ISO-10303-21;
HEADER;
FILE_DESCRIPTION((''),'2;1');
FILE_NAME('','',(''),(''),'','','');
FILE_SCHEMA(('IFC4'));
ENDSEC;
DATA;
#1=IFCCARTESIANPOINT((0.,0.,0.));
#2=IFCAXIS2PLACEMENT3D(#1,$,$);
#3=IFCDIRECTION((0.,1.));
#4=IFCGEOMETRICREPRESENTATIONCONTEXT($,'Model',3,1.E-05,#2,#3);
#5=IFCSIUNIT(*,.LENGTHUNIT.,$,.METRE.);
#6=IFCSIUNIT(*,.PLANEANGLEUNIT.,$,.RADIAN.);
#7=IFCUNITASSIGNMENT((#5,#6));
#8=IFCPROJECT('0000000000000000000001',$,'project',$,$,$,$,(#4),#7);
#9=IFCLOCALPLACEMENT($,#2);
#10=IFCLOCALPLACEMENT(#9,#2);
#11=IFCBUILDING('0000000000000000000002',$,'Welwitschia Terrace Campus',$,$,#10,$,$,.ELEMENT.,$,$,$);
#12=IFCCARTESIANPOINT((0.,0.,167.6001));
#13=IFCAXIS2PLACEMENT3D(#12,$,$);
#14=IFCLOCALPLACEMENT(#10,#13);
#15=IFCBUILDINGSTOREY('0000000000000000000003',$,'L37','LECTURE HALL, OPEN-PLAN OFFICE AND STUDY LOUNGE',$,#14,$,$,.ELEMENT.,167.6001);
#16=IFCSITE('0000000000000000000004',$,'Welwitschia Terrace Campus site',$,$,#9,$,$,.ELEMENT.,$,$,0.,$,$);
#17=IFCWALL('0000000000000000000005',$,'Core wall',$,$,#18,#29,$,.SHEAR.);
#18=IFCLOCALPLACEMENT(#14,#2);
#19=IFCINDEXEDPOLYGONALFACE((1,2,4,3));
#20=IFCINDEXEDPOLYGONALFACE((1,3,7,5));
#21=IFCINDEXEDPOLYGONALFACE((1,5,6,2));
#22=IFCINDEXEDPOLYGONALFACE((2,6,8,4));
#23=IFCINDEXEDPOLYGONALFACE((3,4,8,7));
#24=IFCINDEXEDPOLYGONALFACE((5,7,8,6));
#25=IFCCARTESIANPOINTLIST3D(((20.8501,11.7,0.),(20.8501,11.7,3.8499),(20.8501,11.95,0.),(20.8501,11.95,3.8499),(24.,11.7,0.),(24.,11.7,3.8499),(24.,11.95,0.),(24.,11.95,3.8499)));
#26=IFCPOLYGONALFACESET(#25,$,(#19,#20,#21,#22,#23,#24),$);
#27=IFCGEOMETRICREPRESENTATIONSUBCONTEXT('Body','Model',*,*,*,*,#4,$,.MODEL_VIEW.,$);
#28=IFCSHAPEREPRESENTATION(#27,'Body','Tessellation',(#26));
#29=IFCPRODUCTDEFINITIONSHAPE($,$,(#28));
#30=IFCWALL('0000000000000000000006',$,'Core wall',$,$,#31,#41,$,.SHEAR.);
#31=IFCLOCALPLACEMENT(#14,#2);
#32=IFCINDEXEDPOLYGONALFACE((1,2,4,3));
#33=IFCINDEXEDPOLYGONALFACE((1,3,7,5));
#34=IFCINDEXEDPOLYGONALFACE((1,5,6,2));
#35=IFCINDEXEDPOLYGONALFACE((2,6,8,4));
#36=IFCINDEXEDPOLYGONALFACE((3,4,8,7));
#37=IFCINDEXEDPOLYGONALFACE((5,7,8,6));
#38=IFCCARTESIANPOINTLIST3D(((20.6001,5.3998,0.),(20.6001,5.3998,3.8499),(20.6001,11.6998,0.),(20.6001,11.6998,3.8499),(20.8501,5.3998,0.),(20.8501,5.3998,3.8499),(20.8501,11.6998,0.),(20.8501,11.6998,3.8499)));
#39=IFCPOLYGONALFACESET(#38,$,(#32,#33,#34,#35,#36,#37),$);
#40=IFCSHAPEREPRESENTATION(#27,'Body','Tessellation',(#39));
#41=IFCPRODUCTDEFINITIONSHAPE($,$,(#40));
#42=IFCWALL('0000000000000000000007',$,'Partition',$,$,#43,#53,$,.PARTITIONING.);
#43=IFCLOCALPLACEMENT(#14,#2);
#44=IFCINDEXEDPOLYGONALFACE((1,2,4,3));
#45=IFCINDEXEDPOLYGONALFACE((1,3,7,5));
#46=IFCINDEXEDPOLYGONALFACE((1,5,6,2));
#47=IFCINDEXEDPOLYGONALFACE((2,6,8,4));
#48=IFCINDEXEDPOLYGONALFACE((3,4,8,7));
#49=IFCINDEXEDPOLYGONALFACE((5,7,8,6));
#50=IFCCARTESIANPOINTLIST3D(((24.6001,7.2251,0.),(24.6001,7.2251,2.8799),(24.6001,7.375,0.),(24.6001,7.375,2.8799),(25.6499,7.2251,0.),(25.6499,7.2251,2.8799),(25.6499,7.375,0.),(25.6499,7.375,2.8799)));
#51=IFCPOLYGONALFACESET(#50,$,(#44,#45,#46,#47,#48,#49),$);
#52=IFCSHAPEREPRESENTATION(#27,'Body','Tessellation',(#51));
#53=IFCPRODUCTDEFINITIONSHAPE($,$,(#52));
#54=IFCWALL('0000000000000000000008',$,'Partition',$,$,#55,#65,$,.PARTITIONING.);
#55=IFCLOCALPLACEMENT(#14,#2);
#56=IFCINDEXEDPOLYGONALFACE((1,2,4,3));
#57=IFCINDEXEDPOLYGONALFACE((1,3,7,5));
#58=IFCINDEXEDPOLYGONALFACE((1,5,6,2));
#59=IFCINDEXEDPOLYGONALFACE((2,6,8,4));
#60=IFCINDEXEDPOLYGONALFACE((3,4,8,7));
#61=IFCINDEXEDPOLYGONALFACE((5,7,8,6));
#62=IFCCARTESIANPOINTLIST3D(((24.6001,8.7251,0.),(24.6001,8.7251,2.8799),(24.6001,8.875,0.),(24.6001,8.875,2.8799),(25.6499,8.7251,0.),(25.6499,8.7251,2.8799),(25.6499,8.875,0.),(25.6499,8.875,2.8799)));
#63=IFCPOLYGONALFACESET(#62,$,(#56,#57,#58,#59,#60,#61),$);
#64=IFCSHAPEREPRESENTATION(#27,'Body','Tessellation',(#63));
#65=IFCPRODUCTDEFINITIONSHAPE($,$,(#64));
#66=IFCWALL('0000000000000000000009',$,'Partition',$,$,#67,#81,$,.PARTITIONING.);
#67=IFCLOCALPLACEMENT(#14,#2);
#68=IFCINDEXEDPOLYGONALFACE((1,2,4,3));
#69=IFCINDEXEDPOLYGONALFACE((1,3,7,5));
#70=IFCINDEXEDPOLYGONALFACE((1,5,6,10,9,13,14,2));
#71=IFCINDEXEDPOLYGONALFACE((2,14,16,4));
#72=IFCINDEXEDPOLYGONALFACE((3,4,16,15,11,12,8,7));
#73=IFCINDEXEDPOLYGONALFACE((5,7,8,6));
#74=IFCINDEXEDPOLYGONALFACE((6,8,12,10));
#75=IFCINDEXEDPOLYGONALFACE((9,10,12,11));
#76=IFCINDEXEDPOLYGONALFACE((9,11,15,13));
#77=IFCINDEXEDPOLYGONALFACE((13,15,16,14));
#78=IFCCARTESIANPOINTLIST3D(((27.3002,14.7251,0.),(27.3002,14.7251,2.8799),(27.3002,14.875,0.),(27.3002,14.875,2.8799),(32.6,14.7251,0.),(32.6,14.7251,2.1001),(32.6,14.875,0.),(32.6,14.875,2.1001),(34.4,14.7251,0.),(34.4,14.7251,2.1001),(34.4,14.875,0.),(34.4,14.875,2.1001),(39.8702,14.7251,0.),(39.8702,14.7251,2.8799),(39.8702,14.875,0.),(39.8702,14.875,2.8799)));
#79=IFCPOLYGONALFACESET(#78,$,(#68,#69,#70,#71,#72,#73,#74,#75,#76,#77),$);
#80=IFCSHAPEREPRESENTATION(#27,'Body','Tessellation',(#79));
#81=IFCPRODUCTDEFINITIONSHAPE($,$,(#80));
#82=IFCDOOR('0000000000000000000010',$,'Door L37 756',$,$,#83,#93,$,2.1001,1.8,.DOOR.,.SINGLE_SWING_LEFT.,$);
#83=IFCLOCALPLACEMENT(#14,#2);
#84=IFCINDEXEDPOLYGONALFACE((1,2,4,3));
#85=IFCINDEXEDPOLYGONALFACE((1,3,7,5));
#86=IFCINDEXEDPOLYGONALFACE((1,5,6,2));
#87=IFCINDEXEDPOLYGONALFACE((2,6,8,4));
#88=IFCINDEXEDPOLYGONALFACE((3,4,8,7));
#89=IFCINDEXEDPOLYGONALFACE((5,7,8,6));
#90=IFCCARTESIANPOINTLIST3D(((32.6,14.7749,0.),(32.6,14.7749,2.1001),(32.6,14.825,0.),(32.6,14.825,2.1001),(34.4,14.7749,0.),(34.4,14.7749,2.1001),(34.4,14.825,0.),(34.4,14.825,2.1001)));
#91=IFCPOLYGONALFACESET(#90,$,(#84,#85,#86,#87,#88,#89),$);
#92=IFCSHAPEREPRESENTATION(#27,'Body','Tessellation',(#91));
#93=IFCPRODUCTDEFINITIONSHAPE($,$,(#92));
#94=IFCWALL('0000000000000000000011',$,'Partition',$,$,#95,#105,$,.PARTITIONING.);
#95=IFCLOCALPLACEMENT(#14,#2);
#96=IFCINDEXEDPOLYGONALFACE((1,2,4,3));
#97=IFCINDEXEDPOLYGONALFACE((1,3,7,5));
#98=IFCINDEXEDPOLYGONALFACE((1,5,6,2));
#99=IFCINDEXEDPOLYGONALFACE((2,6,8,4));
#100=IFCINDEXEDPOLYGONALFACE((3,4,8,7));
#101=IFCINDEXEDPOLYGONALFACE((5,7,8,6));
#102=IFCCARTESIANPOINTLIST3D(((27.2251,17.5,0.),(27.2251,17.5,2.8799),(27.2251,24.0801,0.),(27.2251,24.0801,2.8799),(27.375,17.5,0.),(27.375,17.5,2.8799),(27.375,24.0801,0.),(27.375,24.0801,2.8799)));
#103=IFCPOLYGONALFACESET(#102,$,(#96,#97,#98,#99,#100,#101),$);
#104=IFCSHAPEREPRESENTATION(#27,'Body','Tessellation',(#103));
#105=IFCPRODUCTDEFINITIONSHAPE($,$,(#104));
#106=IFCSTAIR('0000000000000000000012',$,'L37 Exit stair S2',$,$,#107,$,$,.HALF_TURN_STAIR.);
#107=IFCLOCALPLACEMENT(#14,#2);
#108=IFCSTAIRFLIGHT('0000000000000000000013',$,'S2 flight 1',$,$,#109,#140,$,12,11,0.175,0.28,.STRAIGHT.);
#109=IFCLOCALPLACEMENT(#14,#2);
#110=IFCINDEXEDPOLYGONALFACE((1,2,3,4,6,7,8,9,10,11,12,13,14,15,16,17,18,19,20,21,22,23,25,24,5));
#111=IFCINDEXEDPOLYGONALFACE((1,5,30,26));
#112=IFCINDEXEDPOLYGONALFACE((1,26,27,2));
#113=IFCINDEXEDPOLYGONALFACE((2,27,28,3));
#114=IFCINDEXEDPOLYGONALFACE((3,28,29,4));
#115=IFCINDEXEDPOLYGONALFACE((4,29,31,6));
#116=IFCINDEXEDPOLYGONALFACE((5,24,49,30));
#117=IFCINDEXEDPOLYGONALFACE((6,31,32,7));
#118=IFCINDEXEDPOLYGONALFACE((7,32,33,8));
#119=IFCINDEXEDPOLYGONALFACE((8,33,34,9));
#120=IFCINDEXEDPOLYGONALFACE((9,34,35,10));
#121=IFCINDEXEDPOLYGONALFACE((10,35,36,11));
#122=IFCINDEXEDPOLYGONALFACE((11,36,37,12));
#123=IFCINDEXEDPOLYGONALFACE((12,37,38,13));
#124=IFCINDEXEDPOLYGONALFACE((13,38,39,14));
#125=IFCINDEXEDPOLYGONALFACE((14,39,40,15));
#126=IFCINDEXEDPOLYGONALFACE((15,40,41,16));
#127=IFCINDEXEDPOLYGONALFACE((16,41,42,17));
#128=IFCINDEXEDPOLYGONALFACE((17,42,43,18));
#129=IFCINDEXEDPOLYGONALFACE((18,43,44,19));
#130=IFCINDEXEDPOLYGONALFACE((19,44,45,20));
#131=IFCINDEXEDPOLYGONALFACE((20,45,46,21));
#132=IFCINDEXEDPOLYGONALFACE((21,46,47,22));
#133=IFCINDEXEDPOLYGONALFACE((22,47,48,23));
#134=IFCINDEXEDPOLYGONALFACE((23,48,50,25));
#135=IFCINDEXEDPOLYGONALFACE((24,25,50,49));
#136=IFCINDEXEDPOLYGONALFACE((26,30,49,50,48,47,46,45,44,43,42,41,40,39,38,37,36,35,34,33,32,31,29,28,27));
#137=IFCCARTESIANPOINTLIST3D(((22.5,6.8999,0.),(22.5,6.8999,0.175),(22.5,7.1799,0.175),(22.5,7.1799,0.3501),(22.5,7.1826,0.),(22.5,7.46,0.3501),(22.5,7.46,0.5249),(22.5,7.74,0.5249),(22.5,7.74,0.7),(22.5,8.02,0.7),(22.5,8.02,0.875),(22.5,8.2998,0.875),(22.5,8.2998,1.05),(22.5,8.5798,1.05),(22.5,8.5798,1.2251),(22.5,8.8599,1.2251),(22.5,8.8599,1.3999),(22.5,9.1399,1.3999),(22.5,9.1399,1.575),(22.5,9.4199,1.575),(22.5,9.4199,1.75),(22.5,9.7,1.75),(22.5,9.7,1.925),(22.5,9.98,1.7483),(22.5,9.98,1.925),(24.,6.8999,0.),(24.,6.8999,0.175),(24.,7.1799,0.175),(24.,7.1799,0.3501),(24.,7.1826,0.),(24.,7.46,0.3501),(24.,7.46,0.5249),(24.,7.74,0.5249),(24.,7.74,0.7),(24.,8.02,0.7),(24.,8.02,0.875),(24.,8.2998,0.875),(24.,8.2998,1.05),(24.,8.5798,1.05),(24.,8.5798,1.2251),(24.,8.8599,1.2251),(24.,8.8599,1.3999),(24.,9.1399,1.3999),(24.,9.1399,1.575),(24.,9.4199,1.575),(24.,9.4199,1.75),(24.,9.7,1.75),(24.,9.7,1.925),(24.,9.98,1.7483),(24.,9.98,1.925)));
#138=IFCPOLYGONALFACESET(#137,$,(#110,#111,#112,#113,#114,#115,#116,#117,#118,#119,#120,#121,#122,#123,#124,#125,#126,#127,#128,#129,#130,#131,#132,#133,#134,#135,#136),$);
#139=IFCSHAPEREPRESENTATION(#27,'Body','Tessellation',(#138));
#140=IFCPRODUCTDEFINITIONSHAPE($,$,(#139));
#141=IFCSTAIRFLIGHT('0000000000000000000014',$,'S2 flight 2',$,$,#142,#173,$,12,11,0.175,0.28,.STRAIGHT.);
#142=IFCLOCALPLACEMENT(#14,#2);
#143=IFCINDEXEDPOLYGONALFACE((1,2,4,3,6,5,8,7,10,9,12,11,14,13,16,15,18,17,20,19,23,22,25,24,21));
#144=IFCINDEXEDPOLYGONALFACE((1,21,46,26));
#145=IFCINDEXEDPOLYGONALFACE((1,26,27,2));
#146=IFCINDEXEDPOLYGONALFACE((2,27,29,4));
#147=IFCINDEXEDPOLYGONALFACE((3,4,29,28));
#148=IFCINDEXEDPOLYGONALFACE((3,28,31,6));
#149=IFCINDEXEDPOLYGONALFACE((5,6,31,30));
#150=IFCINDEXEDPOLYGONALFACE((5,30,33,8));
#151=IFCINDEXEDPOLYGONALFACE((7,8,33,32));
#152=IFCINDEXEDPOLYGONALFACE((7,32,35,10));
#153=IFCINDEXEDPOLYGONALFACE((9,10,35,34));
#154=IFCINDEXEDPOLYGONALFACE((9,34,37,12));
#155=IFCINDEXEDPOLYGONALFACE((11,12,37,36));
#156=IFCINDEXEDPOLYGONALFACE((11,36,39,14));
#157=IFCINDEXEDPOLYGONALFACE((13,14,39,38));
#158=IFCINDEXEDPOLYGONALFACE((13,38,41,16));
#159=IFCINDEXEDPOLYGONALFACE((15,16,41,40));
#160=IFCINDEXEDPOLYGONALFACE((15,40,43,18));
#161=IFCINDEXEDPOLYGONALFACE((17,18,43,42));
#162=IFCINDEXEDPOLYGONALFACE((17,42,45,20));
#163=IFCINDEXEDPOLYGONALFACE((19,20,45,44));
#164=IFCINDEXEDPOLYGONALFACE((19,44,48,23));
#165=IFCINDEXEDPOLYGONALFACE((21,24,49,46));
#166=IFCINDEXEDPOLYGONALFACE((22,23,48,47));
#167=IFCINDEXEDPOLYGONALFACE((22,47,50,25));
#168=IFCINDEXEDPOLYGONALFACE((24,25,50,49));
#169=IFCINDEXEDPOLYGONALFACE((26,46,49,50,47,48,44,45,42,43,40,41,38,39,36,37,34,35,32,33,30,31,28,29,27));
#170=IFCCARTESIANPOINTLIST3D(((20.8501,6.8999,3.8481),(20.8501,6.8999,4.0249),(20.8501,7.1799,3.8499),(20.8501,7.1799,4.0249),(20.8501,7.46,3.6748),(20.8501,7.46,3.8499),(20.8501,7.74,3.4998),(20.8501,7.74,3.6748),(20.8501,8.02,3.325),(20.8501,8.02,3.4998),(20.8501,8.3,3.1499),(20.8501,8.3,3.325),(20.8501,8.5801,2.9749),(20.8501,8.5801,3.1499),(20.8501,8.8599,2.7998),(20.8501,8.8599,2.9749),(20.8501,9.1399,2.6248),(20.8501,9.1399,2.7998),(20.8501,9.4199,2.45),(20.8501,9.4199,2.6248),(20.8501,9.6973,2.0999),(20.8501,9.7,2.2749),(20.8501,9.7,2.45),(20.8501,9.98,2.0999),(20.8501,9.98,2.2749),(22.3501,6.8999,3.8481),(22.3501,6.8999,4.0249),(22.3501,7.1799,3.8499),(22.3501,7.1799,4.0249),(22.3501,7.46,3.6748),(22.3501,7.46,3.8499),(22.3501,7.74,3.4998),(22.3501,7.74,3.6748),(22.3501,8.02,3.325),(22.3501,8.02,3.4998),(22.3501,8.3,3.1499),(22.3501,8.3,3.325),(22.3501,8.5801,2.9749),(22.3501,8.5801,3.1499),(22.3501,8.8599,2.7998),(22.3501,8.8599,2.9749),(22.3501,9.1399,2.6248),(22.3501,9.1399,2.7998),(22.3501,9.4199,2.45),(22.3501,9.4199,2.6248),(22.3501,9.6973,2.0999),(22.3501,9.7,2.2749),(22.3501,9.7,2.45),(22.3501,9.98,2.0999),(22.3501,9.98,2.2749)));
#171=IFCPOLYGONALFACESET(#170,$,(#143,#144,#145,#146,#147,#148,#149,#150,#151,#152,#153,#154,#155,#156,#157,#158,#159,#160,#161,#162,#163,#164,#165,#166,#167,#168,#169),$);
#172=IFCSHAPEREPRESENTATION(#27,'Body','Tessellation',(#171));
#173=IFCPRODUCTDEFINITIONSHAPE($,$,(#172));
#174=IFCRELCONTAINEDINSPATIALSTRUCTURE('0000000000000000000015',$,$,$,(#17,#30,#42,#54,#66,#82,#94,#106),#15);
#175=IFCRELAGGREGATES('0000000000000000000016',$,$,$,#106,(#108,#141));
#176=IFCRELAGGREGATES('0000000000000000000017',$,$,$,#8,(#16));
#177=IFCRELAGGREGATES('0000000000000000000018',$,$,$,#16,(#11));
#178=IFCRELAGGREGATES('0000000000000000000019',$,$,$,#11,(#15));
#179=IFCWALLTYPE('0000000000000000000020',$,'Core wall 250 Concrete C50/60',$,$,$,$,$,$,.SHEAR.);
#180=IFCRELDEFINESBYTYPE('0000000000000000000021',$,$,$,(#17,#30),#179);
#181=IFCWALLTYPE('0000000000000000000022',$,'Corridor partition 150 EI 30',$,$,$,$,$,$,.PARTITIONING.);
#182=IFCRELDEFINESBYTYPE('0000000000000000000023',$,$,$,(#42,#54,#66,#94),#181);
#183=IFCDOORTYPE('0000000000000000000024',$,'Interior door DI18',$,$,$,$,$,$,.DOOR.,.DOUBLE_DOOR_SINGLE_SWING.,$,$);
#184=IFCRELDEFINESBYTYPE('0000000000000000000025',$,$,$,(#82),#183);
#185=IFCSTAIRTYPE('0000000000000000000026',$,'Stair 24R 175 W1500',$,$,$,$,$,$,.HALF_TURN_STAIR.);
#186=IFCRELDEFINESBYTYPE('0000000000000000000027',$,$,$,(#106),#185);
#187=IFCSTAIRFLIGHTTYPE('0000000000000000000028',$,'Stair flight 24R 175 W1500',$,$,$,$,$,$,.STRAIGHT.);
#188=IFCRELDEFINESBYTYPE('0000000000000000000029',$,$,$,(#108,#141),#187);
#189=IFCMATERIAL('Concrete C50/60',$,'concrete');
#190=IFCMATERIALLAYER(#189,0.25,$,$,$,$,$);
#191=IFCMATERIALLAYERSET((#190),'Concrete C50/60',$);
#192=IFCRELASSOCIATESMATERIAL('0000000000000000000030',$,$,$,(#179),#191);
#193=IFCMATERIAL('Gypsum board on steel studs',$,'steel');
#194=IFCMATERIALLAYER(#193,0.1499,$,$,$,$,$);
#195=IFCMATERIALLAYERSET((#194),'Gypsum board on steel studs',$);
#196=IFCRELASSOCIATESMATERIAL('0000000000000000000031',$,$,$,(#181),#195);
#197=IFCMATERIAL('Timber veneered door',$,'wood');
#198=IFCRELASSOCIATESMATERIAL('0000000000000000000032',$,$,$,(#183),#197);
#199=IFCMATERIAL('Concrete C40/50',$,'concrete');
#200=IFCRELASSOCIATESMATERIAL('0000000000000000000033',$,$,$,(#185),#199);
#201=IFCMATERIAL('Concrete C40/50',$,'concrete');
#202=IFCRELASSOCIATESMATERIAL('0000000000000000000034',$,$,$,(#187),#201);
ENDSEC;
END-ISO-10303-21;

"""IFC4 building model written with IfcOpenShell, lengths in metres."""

from ifc_helpers import new_model, si_unit, direction, frame, frame_2d, origin, place, context, subcontext, project, spatial, polyline, rectangle, outline, extrude, material, layer, layer_set, type_object, element, fill, aggregate, save


model = new_model("IFC4")

# Units and contexts
model_context = context("Model", 3, precision=1e-05, world=origin(), true_north=direction((0.0, 1.0)))
body_context = subcontext(model_context, "Body", "Model", "MODEL_VIEW")
ifc_project = project(units=[si_unit("LENGTHUNIT", "METRE"), si_unit("PLANEANGLEUNIT", "RADIAN")], contexts=[model_context])

# Site, building, storey
site_placement = place(None, origin())
site = spatial("IfcSite", under=ifc_project, at=site_placement, Name="Welwitschia Terrace Campus site", CompositionType="ELEMENT", RefElevation=0.0)
building_placement = place(site_placement, origin())
building = spatial("IfcBuilding", under=site, at=building_placement, Name="Welwitschia Terrace Campus", CompositionType="ELEMENT")
storey_placement = place(building_placement, frame((0.0, 0.0, 167.6001)))
storey = spatial("IfcBuildingStorey", under=building, at=storey_placement, Name="L37", Description="LECTURE HALL, OPEN-PLAN OFFICE AND STUDY LOUNGE", CompositionType="ELEMENT", Elevation=167.6001)

# Walls
ifc_material_1 = material(Name="Concrete C50/60", Category="concrete")
ifc_layer_1 = layer(ifc_material_1, 0.25)
ifc_layer_set_1 = layer_set([ifc_layer_1], Name="Concrete C50/60")
wall_type_1 = type_object("IfcWallType", Name="Core wall 250 Concrete C50/60", PredefinedType="SHEAR", material=ifc_layer_set_1)
wall_1_placement = place(storey_placement, frame((20.8501, 11.825, 0.0), z_axis=(0.0, 0.0, 1.0), x_axis=(1.0, 0.0, 0.0)))
element("IfcWall", 1, at=wall_1_placement, inside=storey, type_object=wall_type_1, Name="Core wall", PredefinedType="SHEAR", context=body_context, shape_type="SweptSolid", body=[
    extrude(rectangle(XDim=3.1499, YDim=0.25, at=frame_2d((1.575, 0.0))), origin(), (0.0, 0.0, 1.0), 3.8499),
])
wall_2_placement = place(storey_placement, frame((20.7251, 5.3999, 0.0), z_axis=(0.0, 0.0, 1.0), x_axis=(0.0, 1.0, 0.0)))
element("IfcWall", 2, at=wall_2_placement, inside=storey, type_object=wall_type_1, Name="Core wall", PredefinedType="SHEAR", context=body_context, shape_type="SweptSolid", body=[
    extrude(rectangle(XDim=6.3, YDim=0.25, at=frame_2d((3.1499, 0.0))), origin(), (0.0, 0.0, 1.0), 3.8499),
])
ifc_material_2 = material(Name="Gypsum board on steel studs", Category="steel")
ifc_layer_2 = layer(ifc_material_2, 0.1499)
ifc_layer_set_2 = layer_set([ifc_layer_2], Name="Gypsum board on steel studs")
wall_type_2 = type_object("IfcWallType", Name="Corridor partition 150 EI 30", PredefinedType="PARTITIONING", material=ifc_layer_set_2)
for number, where, z_axis, x_axis, name in (
    (3, (24.6001, 7.3, 0.0), (0.0, 0.0, 1.0), (1.0, 0.0, 0.0), "Partition"),
    (4, (24.6001, 8.8, 0.0), (0.0, 0.0, 1.0), (1.0, 0.0, 0.0), "Partition"),
):
    element("IfcWall", number, at=place(storey_placement, frame(where, z_axis=z_axis, x_axis=x_axis)), inside=storey, type_object=wall_type_2, Name=name, PredefinedType="PARTITIONING", context=body_context, shape_type="SweptSolid", body=[
        extrude(rectangle(XDim=1.0498, YDim=0.1499, at=frame_2d((0.5249, 0.0))), origin(), (0.0, 0.0, 1.0), 2.8799),
    ])

# Wall, opening, door
wall_3_placement = place(storey_placement, frame((27.3, 14.8, 0.0), z_axis=(0.0, 0.0, 1.0), x_axis=(1.0, 0.0, 0.0)))
wall_3 = element("IfcWall", 5, at=wall_3_placement, inside=storey, type_object=wall_type_2, Name="Partition", PredefinedType="PARTITIONING", context=body_context, shape_type="SweptSolid", body=[
    extrude(rectangle(XDim=12.5701, YDim=0.1499, at=frame_2d((6.2852, 0.0))), origin(), (0.0, 0.0, 1.0), 2.8799),
])
opening_1_placement = place(wall_3_placement, frame((5.3, 0.0, 0.0)))
opening_1 = element("IfcOpeningElement", 6, at=opening_1_placement, cuts=wall_3, PredefinedType="OPENING", context=body_context, shape_type="SweptSolid", body=[
    extrude(rectangle(XDim=1.8, YDim=2.1001, at=frame_2d((0.8999, 1.05))), frame((0.0, 0.085, 0.0), z_axis=(0.0, -1.0, 0.0), x_axis=(1.0, 0.0, 0.0)), (0.0, 0.0, 1.0), 0.1699),
])
ifc_material_3 = material(Name="Timber veneered door", Category="wood")
door_type_1 = type_object("IfcDoorType", Name="Interior door DI18", OperationType="DOUBLE_DOOR_SINGLE_SWING", PredefinedType="DOOR", material=ifc_material_3)
door_1_placement = place(opening_1_placement, origin())
door_1 = element("IfcDoor", 7, at=door_1_placement, inside=storey, type_object=door_type_1, Name="Door L37 756", OperationType="SINGLE_SWING_LEFT", OverallHeight=2.1001, OverallWidth=1.8, PredefinedType="DOOR", context=body_context, shape_type="SweptSolid", body=[
    extrude(rectangle(XDim=1.8, YDim=2.1001, at=frame_2d((0.8999, 1.05))), frame((0.0, 0.0249, 0.0), z_axis=(0.0, -1.0, 0.0), x_axis=(1.0, 0.0, 0.0)), (0.0, 0.0, 1.0), 0.05),
])
fill(opening_1, door_1)

# Wall
wall_4_placement = place(storey_placement, frame((27.3, 17.5, 0.0), z_axis=(0.0, 0.0, 1.0), x_axis=(0.0, 1.0, 0.0)))
element("IfcWall", 8, at=wall_4_placement, inside=storey, type_object=wall_type_2, Name="Partition", PredefinedType="PARTITIONING", context=body_context, shape_type="SweptSolid", body=[
    extrude(rectangle(XDim=6.5801, YDim=0.1499, at=frame_2d((3.29, 0.0))), origin(), (0.0, 0.0, 1.0), 2.8799),
])

# Stair, stair flights
ifc_material_4 = material(Name="Concrete C40/50", Category="concrete")
stair_type = type_object("IfcStairType", Name="Stair 24R 175 W1500", PredefinedType="HALF_TURN_STAIR", material=ifc_material_4)
stair_placement = place(storey_placement, origin())
stair = element("IfcStair", 9, at=stair_placement, inside=storey, type_object=stair_type, Name="L37 Exit stair S2", PredefinedType="HALF_TURN_STAIR")
ifc_material_5 = material(Name="Concrete C40/50", Category="concrete")
stair_flight_type = type_object("IfcStairFlightType", Name="Stair flight 24R 175 W1500", PredefinedType="STRAIGHT", material=ifc_material_5)
stair_flight_1_placement = place(storey_placement, frame((23.25, 6.8999, 0.0), z_axis=(0.0, 0.0, 1.0), x_axis=(0.0, 1.0, 0.0)))
stair_flight_1 = element("IfcStairFlight", 10, at=stair_flight_1_placement, type_object=stair_flight_type, Name="S2 flight 1", NumberOfRisers=12, NumberOfTreads=11, PredefinedType="STRAIGHT", RiserHeight=0.175, TreadLength=0.28, context=body_context, shape_type="SweptSolid", body=[
    extrude(outline(polyline([(0.0, 0.0), (0.0, 0.175), (0.28, 0.175), (0.28, 0.3501), (0.5601, 0.3501), (0.5601, 0.5249), (0.8401, 0.5249), (0.8401, 0.7), (1.1201, 0.7), (1.1201, 0.875), (1.3999, 0.875), (1.3999, 1.05), (1.6799, 1.05), (1.6799, 1.2251), (1.96, 1.2251), (1.96, 1.3999), (2.24, 1.3999), (2.24, 1.575), (2.52, 1.575), (2.52, 1.75), (2.8, 1.75), (2.8, 1.925), (3.0801, 1.925), (3.0801, 2.1001), (3.0801, 1.7483), (0.2827, 0.0), (0.0, 0.0)])), frame((0.0, 0.75, 0.0), z_axis=(0.0, -1.0, 0.0), x_axis=(1.0, 0.0, 0.0)), (0.0, 0.0, 1.0), 1.5),
])
stair_flight_2_placement = place(storey_placement, frame((21.6001, 9.98, 2.0999), z_axis=(0.0, 0.0, 1.0), x_axis=(0.0, -1.0, 0.0)))
stair_flight_2 = element("IfcStairFlight", 11, at=stair_flight_2_placement, type_object=stair_flight_type, Name="S2 flight 2", NumberOfRisers=12, NumberOfTreads=11, PredefinedType="STRAIGHT", RiserHeight=0.175, TreadLength=0.28, context=body_context, shape_type="SweptSolid", body=[
    extrude(outline(polyline([(0.0, 0.0), (0.0, 0.175), (0.28, 0.175), (0.28, 0.3501), (0.5601, 0.3501), (0.5601, 0.5249), (0.8401, 0.5249), (0.8401, 0.7), (1.1201, 0.7), (1.1201, 0.875), (1.3999, 0.875), (1.3999, 1.05), (1.6799, 1.05), (1.6799, 1.2251), (1.96, 1.2251), (1.96, 1.3999), (2.24, 1.3999), (2.24, 1.575), (2.52, 1.575), (2.52, 1.75), (2.8, 1.75), (2.8, 1.925), (3.0801, 1.925), (3.0801, 2.1001), (3.0801, 1.7483), (0.2827, 0.0), (0.0, 0.0)])), frame((0.0, 0.75, 0.0), z_axis=(0.0, -1.0, 0.0), x_axis=(1.0, 0.0, 0.0)), (0.0, 0.0, 1.0), 1.5),
])
aggregate(stair, [stair_flight_1, stair_flight_2])

save(model, "model.ifc")
